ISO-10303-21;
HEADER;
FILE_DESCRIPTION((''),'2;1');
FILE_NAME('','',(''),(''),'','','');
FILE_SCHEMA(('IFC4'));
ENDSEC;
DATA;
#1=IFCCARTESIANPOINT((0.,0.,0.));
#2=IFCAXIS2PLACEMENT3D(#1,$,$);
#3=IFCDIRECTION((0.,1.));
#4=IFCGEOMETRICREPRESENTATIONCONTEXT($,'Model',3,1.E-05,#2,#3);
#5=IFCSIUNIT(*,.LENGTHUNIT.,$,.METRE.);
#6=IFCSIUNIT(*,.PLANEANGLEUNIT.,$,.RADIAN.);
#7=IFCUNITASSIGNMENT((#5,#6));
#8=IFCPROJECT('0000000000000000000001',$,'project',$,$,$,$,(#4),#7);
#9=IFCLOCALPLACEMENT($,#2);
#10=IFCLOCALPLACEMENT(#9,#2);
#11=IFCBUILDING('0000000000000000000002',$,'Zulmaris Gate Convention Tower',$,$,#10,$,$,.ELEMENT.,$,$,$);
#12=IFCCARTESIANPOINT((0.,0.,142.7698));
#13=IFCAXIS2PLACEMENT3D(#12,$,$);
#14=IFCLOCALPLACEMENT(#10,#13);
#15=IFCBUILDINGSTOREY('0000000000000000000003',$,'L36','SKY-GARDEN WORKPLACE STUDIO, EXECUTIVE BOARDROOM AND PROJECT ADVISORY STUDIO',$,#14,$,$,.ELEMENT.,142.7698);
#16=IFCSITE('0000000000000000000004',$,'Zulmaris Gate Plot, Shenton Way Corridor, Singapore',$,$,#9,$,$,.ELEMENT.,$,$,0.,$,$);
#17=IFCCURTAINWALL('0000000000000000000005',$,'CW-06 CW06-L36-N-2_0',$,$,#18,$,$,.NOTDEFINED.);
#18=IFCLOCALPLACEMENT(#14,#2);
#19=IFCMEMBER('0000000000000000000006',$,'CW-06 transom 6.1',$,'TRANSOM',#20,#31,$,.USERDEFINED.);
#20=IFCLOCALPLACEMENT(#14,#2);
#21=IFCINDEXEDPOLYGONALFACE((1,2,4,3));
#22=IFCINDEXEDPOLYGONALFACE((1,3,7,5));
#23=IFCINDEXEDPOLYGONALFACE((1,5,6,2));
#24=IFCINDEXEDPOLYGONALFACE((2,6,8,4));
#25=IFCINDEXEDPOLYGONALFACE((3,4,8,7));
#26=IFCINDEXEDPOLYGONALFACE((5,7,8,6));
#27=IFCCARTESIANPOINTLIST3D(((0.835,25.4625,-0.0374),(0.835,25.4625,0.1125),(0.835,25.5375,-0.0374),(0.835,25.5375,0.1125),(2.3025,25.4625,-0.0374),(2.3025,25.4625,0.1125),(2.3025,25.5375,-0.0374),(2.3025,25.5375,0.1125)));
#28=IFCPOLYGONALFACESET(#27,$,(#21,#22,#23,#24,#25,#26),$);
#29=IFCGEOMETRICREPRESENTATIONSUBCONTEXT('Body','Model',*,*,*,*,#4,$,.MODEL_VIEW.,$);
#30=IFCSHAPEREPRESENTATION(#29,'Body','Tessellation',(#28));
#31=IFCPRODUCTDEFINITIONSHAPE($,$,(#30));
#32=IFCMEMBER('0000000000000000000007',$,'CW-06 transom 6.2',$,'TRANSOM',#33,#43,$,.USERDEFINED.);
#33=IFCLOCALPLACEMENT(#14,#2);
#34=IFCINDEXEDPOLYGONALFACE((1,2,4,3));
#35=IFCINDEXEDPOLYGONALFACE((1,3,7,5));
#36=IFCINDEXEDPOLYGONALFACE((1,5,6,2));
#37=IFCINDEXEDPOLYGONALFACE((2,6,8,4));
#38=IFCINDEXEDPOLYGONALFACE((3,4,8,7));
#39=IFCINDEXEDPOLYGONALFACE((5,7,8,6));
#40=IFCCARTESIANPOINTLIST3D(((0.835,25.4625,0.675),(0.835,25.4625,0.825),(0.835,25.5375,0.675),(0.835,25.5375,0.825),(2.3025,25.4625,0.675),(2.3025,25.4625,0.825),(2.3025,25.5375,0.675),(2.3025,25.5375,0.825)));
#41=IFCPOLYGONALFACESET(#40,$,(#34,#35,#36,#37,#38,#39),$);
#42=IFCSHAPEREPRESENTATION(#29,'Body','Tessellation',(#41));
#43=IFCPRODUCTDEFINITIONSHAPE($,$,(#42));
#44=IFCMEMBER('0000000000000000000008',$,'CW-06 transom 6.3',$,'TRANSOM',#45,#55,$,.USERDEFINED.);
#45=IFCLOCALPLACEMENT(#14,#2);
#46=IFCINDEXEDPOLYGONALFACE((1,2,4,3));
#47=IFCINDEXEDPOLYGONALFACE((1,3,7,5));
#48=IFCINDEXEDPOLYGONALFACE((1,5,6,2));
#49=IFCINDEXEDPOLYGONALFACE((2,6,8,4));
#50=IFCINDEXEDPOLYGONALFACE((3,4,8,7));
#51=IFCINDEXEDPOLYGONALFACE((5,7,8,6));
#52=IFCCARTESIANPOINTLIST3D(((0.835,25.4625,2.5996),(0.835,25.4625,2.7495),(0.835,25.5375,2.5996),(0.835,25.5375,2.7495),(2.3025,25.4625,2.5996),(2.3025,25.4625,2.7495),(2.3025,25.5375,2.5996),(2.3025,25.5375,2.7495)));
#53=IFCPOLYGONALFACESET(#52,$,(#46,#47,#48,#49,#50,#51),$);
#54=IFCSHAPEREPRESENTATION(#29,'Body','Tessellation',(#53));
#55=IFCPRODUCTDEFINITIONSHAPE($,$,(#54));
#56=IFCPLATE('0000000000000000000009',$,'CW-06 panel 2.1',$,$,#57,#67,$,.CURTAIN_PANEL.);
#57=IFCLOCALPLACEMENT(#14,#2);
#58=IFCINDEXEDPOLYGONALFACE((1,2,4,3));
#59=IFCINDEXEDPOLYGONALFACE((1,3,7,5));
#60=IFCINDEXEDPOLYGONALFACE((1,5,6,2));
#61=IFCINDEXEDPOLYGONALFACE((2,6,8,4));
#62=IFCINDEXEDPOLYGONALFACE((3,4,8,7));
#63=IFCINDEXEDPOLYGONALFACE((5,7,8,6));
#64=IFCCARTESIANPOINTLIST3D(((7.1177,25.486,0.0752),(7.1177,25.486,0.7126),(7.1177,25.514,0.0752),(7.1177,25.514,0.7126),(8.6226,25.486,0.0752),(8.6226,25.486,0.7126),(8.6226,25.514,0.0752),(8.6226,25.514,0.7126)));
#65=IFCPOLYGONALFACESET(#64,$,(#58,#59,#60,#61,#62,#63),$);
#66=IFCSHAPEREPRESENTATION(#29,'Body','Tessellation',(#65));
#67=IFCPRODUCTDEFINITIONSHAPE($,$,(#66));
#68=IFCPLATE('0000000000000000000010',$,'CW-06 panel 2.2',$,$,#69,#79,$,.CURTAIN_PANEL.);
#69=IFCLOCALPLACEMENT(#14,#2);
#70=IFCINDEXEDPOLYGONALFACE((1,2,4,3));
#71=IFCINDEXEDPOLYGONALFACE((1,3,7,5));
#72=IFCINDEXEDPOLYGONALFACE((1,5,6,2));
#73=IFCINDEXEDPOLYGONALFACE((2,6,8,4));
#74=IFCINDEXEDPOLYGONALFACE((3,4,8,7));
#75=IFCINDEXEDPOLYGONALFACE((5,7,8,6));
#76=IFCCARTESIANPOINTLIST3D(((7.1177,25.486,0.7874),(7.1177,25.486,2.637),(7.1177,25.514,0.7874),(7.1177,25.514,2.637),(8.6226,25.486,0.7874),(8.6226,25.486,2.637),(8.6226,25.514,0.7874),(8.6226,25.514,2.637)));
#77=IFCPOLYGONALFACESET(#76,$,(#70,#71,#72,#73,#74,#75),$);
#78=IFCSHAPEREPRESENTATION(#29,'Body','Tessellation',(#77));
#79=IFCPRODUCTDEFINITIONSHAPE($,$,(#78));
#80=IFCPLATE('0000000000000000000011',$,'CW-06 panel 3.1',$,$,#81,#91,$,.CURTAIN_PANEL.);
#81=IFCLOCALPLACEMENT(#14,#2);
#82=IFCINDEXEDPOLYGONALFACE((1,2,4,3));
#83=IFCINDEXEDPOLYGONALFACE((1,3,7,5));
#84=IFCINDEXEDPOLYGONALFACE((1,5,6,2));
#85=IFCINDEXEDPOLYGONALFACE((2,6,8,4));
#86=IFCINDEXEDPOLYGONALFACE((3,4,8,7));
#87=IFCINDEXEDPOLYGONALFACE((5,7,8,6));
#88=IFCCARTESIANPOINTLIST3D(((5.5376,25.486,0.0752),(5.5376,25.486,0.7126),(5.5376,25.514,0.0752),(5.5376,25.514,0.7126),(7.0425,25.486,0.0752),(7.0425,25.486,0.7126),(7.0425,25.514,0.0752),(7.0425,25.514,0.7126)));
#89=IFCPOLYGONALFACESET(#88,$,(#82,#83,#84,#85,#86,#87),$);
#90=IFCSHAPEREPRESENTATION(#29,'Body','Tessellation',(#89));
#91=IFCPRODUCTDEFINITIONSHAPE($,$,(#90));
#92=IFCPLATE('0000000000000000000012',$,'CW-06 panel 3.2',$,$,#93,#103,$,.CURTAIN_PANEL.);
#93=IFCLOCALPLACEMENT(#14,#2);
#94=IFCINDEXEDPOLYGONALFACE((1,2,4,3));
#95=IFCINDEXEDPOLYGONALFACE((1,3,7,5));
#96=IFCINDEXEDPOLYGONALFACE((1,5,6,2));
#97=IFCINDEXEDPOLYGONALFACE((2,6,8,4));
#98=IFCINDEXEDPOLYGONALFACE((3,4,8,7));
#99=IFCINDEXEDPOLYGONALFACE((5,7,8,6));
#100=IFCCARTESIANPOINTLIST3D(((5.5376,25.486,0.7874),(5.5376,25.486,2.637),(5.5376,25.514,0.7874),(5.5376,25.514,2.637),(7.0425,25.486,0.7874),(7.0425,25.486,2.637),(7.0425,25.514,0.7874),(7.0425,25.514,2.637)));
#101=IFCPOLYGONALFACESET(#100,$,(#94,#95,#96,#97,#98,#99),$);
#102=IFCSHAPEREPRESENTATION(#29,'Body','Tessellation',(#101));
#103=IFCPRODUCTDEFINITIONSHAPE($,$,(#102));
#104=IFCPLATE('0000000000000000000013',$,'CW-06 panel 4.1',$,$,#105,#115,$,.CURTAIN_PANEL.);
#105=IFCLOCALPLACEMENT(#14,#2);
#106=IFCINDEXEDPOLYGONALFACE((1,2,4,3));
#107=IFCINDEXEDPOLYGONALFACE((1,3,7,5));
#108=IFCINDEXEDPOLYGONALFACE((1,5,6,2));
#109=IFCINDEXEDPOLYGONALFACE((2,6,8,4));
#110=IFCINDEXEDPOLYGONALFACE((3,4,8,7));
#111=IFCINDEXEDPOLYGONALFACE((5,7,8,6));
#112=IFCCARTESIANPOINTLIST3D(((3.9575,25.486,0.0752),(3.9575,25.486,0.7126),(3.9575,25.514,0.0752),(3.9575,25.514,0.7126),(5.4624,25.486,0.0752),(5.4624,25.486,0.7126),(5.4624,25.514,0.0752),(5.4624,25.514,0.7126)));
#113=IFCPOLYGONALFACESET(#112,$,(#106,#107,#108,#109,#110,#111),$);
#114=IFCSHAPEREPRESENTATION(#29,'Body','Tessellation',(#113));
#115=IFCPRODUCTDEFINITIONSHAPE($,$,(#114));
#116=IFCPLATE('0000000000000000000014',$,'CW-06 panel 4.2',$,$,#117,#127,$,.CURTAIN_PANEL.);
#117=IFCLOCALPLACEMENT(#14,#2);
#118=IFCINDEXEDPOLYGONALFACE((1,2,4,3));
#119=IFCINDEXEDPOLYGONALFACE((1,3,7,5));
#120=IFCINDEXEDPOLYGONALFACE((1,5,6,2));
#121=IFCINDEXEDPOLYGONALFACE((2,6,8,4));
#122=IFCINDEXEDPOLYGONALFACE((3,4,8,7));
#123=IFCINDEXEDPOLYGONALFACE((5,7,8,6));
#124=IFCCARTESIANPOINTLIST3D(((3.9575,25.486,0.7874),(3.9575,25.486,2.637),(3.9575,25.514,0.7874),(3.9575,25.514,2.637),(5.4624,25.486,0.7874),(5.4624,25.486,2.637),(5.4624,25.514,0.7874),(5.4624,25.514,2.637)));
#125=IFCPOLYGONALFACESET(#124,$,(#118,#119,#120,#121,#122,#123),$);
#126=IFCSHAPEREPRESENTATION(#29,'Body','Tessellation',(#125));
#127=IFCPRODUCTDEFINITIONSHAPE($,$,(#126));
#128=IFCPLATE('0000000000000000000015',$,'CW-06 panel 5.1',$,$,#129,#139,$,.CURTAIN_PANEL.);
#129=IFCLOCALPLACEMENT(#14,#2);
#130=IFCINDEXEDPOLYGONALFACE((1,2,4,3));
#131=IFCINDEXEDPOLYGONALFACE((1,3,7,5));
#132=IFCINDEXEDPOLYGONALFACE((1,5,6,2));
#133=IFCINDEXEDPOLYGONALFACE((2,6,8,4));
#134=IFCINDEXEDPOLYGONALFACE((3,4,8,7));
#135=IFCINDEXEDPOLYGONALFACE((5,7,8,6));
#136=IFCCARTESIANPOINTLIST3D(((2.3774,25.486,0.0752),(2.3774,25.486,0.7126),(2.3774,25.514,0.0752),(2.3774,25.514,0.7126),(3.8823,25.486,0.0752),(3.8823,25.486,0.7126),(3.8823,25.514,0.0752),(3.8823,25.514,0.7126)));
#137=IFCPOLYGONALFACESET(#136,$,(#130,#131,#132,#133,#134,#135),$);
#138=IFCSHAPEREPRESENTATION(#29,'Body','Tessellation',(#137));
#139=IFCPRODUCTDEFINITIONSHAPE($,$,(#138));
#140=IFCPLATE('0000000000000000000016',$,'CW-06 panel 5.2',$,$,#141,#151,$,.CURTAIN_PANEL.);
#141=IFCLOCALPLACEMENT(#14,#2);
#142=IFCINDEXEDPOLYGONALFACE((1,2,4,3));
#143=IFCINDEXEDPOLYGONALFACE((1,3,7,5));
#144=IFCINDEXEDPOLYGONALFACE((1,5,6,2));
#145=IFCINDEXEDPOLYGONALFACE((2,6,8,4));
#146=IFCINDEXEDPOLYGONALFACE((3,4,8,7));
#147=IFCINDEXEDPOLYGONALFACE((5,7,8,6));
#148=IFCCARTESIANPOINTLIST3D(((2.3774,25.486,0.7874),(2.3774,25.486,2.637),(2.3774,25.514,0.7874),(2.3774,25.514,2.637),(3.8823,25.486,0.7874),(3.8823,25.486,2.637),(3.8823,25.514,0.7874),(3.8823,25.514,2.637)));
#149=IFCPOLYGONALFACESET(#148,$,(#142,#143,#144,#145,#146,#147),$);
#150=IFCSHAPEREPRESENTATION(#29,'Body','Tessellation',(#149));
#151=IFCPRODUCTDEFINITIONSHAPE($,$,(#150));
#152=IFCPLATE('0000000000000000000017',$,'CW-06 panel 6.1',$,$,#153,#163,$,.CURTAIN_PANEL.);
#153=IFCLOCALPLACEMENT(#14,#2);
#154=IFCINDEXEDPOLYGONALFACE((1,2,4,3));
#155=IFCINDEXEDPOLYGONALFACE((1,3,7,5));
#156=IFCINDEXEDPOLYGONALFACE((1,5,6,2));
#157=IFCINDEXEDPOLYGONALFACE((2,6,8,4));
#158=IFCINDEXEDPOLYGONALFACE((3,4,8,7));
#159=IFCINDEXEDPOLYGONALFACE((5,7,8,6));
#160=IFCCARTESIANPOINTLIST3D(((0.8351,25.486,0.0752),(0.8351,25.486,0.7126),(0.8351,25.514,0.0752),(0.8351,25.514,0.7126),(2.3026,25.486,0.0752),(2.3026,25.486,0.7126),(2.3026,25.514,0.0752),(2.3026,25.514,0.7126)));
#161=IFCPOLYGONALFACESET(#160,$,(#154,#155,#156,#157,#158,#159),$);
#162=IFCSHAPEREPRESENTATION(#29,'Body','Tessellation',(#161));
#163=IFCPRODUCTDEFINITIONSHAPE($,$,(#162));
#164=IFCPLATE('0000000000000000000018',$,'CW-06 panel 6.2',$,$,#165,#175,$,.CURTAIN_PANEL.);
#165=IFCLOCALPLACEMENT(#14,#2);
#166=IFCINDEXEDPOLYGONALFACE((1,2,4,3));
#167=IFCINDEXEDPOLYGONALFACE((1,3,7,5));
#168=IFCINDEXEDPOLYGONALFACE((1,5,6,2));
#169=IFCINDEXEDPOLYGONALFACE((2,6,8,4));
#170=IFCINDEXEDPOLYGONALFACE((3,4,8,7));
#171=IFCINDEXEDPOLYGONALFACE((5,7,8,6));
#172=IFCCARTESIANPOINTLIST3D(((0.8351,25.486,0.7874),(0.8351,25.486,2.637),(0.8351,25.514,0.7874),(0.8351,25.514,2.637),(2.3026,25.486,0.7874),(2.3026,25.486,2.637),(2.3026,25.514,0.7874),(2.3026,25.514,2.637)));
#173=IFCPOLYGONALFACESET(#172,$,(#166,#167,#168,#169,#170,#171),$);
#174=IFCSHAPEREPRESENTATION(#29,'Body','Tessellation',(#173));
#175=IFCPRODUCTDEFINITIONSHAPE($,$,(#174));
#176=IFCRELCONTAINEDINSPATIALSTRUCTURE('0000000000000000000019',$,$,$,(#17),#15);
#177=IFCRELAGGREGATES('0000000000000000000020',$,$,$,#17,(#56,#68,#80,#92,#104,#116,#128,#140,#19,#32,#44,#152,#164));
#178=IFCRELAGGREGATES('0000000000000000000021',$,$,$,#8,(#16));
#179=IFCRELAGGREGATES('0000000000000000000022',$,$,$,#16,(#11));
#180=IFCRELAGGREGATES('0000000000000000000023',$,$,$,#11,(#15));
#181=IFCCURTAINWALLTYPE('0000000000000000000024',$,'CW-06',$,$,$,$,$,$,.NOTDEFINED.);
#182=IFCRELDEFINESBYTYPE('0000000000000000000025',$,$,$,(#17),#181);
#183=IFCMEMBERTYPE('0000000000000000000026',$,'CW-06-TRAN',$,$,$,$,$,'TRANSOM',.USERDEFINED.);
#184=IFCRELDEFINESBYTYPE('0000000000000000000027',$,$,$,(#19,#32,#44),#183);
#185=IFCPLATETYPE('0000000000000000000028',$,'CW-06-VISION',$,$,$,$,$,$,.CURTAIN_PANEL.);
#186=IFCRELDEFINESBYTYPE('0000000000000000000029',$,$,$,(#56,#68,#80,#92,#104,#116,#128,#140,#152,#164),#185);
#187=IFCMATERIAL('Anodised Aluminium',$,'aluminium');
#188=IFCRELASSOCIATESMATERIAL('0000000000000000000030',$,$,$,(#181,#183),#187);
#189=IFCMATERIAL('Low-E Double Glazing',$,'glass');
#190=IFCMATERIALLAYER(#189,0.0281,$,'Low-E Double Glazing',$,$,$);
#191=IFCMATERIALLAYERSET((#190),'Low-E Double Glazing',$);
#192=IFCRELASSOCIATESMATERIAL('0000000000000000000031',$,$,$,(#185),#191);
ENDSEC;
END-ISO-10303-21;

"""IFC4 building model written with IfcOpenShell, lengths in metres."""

from ifc_helpers import new_model, si_unit, direction, frame, origin, origin_2d, place, context, subcontext, project, spatial, rectangle, extrude, material, layer, layer_set, material_profile, profile_set, type_object, element, aggregate, save


model = new_model("IFC4")

# Units and contexts
model_context = context("Model", 3, precision=1e-05, world=origin(), true_north=direction((0.0, 1.0)))
body_context = subcontext(model_context, "Body", "Model", "MODEL_VIEW")
ifc_project = project(units=[si_unit("LENGTHUNIT", "METRE"), si_unit("PLANEANGLEUNIT", "RADIAN")], contexts=[model_context])

# Site, building, storey
site_placement = place(None, origin())
site = spatial("IfcSite", under=ifc_project, at=site_placement, Name="Zulmaris Gate Plot, Shenton Way Corridor, Singapore", CompositionType="ELEMENT", RefElevation=0.0)
building_placement = place(site_placement, origin())
building = spatial("IfcBuilding", under=site, at=building_placement, Name="Zulmaris Gate Convention Tower", CompositionType="ELEMENT")
storey_placement = place(building_placement, frame((0.0, 0.0, 142.7698)))
storey = spatial("IfcBuildingStorey", under=building, at=storey_placement, Name="L36", Description="SKY-GARDEN WORKPLACE STUDIO, EXECUTIVE BOARDROOM AND PROJECT ADVISORY STUDIO", CompositionType="ELEMENT", Elevation=142.7698)

# Curtain wall, members, plates
ifc_material_1 = material(Name="Anodised Aluminium", Category="aluminium")
curtain_wall_type = type_object("IfcCurtainWallType", Name="CW-06", PredefinedType="NOTDEFINED", material=ifc_material_1)
curtain_wall_placement = place(storey_placement, origin())
curtain_wall = element("IfcCurtainWall", 1, at=curtain_wall_placement, inside=storey, type_object=curtain_wall_type, Name="CW-06 CW06-L36-N-2_0", PredefinedType="NOTDEFINED")
ifc_material_profile_1 = material_profile(ifc_material_1, rectangle(XDim=0.075, YDim=0.1499, at=origin_2d()), Name="ALU TRANSOM 75x150")
ifc_profile_set_1 = profile_set([ifc_material_profile_1], Name="Anodised Aluminium")
member_type_1 = type_object("IfcMemberType", Name="CW-06-TRAN", ElementType="TRANSOM", PredefinedType="USERDEFINED", material=ifc_profile_set_1)
member_1_placement = place(storey_placement, frame((2.3025, 25.5, 0.0376), z_axis=(-1.0, 0.0, 0.0), x_axis=(0.0, -1.0, 0.0)))
member_1 = element("IfcMember", 2, at=member_1_placement, type_object=member_type_1, Name="CW-06 transom 6.1", ObjectType="TRANSOM", PredefinedType="USERDEFINED", context=body_context, shape_type="SweptSolid", body=[
    extrude(rectangle(XDim=0.075, YDim=0.1499, at=origin_2d()), origin(), (0.0, 0.0, 1.0), 1.4675),
])
member_2_placement = place(storey_placement, frame((2.3025, 25.5, 0.75), z_axis=(-1.0, 0.0, 0.0), x_axis=(0.0, -1.0, 0.0)))
member_2 = element("IfcMember", 3, at=member_2_placement, type_object=member_type_1, Name="CW-06 transom 6.2", ObjectType="TRANSOM", PredefinedType="USERDEFINED", context=body_context, shape_type="SweptSolid", body=[
    extrude(rectangle(XDim=0.075, YDim=0.1499, at=origin_2d()), origin(), (0.0, 0.0, 1.0), 1.4675),
])
member_3_placement = place(storey_placement, frame((2.3025, 25.5, 2.6746), z_axis=(-1.0, 0.0, 0.0), x_axis=(0.0, -1.0, 0.0)))
member_3 = element("IfcMember", 4, at=member_3_placement, type_object=member_type_1, Name="CW-06 transom 6.3", ObjectType="TRANSOM", PredefinedType="USERDEFINED", context=body_context, shape_type="SweptSolid", body=[
    extrude(rectangle(XDim=0.075, YDim=0.1499, at=origin_2d()), origin(), (0.0, 0.0, 1.0), 1.4675),
])
ifc_material_2 = material(Name="Low-E Double Glazing", Category="glass")
ifc_layer = layer(ifc_material_2, 0.0281, Name="Low-E Double Glazing")
ifc_layer_set = layer_set([ifc_layer], Name="Low-E Double Glazing")
plate_type = type_object("IfcPlateType", Name="CW-06-VISION", PredefinedType="CURTAIN_PANEL", material=ifc_layer_set)
plate_1_placement = place(storey_placement, frame((7.8701, 25.5, 0.0752), z_axis=(0.0, 0.0, 1.0), x_axis=(-1.0, 0.0, 0.0)))
plate_1 = element("IfcPlate", 5, at=plate_1_placement, type_object=plate_type, Name="CW-06 panel 2.1", PredefinedType="CURTAIN_PANEL", context=body_context, shape_type="SweptSolid", body=[
    extrude(rectangle(XDim=1.5049, YDim=0.0281, at=origin_2d()), origin(), (0.0, 0.0, 1.0), 0.6375),
])
plate_2_placement = place(storey_placement, frame((7.8701, 25.5, 0.7874), z_axis=(0.0, 0.0, 1.0), x_axis=(-1.0, 0.0, 0.0)))
plate_2 = element("IfcPlate", 6, at=plate_2_placement, type_object=plate_type, Name="CW-06 panel 2.2", PredefinedType="CURTAIN_PANEL", context=body_context, shape_type="SweptSolid", body=[
    extrude(rectangle(XDim=1.5049, YDim=0.0281, at=origin_2d()), origin(), (0.0, 0.0, 1.0), 1.8496),
])
plate_3_placement = place(storey_placement, frame((6.29, 25.5, 0.0752), z_axis=(0.0, 0.0, 1.0), x_axis=(-1.0, 0.0, 0.0)))
plate_3 = element("IfcPlate", 7, at=plate_3_placement, type_object=plate_type, Name="CW-06 panel 3.1", PredefinedType="CURTAIN_PANEL", context=body_context, shape_type="SweptSolid", body=[
    extrude(rectangle(XDim=1.5049, YDim=0.0281, at=origin_2d()), origin(), (0.0, 0.0, 1.0), 0.6375),
])
plate_4_placement = place(storey_placement, frame((6.29, 25.5, 0.7874), z_axis=(0.0, 0.0, 1.0), x_axis=(-1.0, 0.0, 0.0)))
plate_4 = element("IfcPlate", 8, at=plate_4_placement, type_object=plate_type, Name="CW-06 panel 3.2", PredefinedType="CURTAIN_PANEL", context=body_context, shape_type="SweptSolid", body=[
    extrude(rectangle(XDim=1.5049, YDim=0.0281, at=origin_2d()), origin(), (0.0, 0.0, 1.0), 1.8496),
])
plate_5_placement = place(storey_placement, frame((4.71, 25.5, 0.0752), z_axis=(0.0, 0.0, 1.0), x_axis=(-1.0, 0.0, 0.0)))
plate_5 = element("IfcPlate", 9, at=plate_5_placement, type_object=plate_type, Name="CW-06 panel 4.1", PredefinedType="CURTAIN_PANEL", context=body_context, shape_type="SweptSolid", body=[
    extrude(rectangle(XDim=1.5049, YDim=0.0281, at=origin_2d()), origin(), (0.0, 0.0, 1.0), 0.6375),
])
plate_6_placement = place(storey_placement, frame((4.71, 25.5, 0.7874), z_axis=(0.0, 0.0, 1.0), x_axis=(-1.0, 0.0, 0.0)))
plate_6 = element("IfcPlate", 10, at=plate_6_placement, type_object=plate_type, Name="CW-06 panel 4.2", PredefinedType="CURTAIN_PANEL", context=body_context, shape_type="SweptSolid", body=[
    extrude(rectangle(XDim=1.5049, YDim=0.0281, at=origin_2d()), origin(), (0.0, 0.0, 1.0), 1.8496),
])
plate_7_placement = place(storey_placement, frame((3.1299, 25.5, 0.0752), z_axis=(0.0, 0.0, 1.0), x_axis=(-1.0, 0.0, 0.0)))
plate_7 = element("IfcPlate", 11, at=plate_7_placement, type_object=plate_type, Name="CW-06 panel 5.1", PredefinedType="CURTAIN_PANEL", context=body_context, shape_type="SweptSolid", body=[
    extrude(rectangle(XDim=1.5049, YDim=0.0281, at=origin_2d()), origin(), (0.0, 0.0, 1.0), 0.6375),
])
plate_8_placement = place(storey_placement, frame((3.1299, 25.5, 0.7874), z_axis=(0.0, 0.0, 1.0), x_axis=(-1.0, 0.0, 0.0)))
plate_8 = element("IfcPlate", 12, at=plate_8_placement, type_object=plate_type, Name="CW-06 panel 5.2", PredefinedType="CURTAIN_PANEL", context=body_context, shape_type="SweptSolid", body=[
    extrude(rectangle(XDim=1.5049, YDim=0.0281, at=origin_2d()), origin(), (0.0, 0.0, 1.0), 1.8496),
])
plate_9_placement = place(storey_placement, frame((1.5688, 25.5, 0.0752), z_axis=(0.0, 0.0, 1.0), x_axis=(-1.0, 0.0, 0.0)))
plate_9 = element("IfcPlate", 13, at=plate_9_placement, type_object=plate_type, Name="CW-06 panel 6.1", PredefinedType="CURTAIN_PANEL", context=body_context, shape_type="SweptSolid", body=[
    extrude(rectangle(XDim=1.4675, YDim=0.0281, at=origin_2d()), origin(), (0.0, 0.0, 1.0), 0.6375),
])
plate_10_placement = place(storey_placement, frame((1.5688, 25.5, 0.7874), z_axis=(0.0, 0.0, 1.0), x_axis=(-1.0, 0.0, 0.0)))
plate_10 = element("IfcPlate", 14, at=plate_10_placement, type_object=plate_type, Name="CW-06 panel 6.2", PredefinedType="CURTAIN_PANEL", context=body_context, shape_type="SweptSolid", body=[
    extrude(rectangle(XDim=1.4675, YDim=0.0281, at=origin_2d()), origin(), (0.0, 0.0, 1.0), 1.8496),
])
aggregate(curtain_wall, [plate_1, plate_2, plate_3, plate_4, plate_5, plate_6, plate_7, plate_8, member_1, member_2, member_3, plate_9, plate_10])

save(model, "model.ifc")
